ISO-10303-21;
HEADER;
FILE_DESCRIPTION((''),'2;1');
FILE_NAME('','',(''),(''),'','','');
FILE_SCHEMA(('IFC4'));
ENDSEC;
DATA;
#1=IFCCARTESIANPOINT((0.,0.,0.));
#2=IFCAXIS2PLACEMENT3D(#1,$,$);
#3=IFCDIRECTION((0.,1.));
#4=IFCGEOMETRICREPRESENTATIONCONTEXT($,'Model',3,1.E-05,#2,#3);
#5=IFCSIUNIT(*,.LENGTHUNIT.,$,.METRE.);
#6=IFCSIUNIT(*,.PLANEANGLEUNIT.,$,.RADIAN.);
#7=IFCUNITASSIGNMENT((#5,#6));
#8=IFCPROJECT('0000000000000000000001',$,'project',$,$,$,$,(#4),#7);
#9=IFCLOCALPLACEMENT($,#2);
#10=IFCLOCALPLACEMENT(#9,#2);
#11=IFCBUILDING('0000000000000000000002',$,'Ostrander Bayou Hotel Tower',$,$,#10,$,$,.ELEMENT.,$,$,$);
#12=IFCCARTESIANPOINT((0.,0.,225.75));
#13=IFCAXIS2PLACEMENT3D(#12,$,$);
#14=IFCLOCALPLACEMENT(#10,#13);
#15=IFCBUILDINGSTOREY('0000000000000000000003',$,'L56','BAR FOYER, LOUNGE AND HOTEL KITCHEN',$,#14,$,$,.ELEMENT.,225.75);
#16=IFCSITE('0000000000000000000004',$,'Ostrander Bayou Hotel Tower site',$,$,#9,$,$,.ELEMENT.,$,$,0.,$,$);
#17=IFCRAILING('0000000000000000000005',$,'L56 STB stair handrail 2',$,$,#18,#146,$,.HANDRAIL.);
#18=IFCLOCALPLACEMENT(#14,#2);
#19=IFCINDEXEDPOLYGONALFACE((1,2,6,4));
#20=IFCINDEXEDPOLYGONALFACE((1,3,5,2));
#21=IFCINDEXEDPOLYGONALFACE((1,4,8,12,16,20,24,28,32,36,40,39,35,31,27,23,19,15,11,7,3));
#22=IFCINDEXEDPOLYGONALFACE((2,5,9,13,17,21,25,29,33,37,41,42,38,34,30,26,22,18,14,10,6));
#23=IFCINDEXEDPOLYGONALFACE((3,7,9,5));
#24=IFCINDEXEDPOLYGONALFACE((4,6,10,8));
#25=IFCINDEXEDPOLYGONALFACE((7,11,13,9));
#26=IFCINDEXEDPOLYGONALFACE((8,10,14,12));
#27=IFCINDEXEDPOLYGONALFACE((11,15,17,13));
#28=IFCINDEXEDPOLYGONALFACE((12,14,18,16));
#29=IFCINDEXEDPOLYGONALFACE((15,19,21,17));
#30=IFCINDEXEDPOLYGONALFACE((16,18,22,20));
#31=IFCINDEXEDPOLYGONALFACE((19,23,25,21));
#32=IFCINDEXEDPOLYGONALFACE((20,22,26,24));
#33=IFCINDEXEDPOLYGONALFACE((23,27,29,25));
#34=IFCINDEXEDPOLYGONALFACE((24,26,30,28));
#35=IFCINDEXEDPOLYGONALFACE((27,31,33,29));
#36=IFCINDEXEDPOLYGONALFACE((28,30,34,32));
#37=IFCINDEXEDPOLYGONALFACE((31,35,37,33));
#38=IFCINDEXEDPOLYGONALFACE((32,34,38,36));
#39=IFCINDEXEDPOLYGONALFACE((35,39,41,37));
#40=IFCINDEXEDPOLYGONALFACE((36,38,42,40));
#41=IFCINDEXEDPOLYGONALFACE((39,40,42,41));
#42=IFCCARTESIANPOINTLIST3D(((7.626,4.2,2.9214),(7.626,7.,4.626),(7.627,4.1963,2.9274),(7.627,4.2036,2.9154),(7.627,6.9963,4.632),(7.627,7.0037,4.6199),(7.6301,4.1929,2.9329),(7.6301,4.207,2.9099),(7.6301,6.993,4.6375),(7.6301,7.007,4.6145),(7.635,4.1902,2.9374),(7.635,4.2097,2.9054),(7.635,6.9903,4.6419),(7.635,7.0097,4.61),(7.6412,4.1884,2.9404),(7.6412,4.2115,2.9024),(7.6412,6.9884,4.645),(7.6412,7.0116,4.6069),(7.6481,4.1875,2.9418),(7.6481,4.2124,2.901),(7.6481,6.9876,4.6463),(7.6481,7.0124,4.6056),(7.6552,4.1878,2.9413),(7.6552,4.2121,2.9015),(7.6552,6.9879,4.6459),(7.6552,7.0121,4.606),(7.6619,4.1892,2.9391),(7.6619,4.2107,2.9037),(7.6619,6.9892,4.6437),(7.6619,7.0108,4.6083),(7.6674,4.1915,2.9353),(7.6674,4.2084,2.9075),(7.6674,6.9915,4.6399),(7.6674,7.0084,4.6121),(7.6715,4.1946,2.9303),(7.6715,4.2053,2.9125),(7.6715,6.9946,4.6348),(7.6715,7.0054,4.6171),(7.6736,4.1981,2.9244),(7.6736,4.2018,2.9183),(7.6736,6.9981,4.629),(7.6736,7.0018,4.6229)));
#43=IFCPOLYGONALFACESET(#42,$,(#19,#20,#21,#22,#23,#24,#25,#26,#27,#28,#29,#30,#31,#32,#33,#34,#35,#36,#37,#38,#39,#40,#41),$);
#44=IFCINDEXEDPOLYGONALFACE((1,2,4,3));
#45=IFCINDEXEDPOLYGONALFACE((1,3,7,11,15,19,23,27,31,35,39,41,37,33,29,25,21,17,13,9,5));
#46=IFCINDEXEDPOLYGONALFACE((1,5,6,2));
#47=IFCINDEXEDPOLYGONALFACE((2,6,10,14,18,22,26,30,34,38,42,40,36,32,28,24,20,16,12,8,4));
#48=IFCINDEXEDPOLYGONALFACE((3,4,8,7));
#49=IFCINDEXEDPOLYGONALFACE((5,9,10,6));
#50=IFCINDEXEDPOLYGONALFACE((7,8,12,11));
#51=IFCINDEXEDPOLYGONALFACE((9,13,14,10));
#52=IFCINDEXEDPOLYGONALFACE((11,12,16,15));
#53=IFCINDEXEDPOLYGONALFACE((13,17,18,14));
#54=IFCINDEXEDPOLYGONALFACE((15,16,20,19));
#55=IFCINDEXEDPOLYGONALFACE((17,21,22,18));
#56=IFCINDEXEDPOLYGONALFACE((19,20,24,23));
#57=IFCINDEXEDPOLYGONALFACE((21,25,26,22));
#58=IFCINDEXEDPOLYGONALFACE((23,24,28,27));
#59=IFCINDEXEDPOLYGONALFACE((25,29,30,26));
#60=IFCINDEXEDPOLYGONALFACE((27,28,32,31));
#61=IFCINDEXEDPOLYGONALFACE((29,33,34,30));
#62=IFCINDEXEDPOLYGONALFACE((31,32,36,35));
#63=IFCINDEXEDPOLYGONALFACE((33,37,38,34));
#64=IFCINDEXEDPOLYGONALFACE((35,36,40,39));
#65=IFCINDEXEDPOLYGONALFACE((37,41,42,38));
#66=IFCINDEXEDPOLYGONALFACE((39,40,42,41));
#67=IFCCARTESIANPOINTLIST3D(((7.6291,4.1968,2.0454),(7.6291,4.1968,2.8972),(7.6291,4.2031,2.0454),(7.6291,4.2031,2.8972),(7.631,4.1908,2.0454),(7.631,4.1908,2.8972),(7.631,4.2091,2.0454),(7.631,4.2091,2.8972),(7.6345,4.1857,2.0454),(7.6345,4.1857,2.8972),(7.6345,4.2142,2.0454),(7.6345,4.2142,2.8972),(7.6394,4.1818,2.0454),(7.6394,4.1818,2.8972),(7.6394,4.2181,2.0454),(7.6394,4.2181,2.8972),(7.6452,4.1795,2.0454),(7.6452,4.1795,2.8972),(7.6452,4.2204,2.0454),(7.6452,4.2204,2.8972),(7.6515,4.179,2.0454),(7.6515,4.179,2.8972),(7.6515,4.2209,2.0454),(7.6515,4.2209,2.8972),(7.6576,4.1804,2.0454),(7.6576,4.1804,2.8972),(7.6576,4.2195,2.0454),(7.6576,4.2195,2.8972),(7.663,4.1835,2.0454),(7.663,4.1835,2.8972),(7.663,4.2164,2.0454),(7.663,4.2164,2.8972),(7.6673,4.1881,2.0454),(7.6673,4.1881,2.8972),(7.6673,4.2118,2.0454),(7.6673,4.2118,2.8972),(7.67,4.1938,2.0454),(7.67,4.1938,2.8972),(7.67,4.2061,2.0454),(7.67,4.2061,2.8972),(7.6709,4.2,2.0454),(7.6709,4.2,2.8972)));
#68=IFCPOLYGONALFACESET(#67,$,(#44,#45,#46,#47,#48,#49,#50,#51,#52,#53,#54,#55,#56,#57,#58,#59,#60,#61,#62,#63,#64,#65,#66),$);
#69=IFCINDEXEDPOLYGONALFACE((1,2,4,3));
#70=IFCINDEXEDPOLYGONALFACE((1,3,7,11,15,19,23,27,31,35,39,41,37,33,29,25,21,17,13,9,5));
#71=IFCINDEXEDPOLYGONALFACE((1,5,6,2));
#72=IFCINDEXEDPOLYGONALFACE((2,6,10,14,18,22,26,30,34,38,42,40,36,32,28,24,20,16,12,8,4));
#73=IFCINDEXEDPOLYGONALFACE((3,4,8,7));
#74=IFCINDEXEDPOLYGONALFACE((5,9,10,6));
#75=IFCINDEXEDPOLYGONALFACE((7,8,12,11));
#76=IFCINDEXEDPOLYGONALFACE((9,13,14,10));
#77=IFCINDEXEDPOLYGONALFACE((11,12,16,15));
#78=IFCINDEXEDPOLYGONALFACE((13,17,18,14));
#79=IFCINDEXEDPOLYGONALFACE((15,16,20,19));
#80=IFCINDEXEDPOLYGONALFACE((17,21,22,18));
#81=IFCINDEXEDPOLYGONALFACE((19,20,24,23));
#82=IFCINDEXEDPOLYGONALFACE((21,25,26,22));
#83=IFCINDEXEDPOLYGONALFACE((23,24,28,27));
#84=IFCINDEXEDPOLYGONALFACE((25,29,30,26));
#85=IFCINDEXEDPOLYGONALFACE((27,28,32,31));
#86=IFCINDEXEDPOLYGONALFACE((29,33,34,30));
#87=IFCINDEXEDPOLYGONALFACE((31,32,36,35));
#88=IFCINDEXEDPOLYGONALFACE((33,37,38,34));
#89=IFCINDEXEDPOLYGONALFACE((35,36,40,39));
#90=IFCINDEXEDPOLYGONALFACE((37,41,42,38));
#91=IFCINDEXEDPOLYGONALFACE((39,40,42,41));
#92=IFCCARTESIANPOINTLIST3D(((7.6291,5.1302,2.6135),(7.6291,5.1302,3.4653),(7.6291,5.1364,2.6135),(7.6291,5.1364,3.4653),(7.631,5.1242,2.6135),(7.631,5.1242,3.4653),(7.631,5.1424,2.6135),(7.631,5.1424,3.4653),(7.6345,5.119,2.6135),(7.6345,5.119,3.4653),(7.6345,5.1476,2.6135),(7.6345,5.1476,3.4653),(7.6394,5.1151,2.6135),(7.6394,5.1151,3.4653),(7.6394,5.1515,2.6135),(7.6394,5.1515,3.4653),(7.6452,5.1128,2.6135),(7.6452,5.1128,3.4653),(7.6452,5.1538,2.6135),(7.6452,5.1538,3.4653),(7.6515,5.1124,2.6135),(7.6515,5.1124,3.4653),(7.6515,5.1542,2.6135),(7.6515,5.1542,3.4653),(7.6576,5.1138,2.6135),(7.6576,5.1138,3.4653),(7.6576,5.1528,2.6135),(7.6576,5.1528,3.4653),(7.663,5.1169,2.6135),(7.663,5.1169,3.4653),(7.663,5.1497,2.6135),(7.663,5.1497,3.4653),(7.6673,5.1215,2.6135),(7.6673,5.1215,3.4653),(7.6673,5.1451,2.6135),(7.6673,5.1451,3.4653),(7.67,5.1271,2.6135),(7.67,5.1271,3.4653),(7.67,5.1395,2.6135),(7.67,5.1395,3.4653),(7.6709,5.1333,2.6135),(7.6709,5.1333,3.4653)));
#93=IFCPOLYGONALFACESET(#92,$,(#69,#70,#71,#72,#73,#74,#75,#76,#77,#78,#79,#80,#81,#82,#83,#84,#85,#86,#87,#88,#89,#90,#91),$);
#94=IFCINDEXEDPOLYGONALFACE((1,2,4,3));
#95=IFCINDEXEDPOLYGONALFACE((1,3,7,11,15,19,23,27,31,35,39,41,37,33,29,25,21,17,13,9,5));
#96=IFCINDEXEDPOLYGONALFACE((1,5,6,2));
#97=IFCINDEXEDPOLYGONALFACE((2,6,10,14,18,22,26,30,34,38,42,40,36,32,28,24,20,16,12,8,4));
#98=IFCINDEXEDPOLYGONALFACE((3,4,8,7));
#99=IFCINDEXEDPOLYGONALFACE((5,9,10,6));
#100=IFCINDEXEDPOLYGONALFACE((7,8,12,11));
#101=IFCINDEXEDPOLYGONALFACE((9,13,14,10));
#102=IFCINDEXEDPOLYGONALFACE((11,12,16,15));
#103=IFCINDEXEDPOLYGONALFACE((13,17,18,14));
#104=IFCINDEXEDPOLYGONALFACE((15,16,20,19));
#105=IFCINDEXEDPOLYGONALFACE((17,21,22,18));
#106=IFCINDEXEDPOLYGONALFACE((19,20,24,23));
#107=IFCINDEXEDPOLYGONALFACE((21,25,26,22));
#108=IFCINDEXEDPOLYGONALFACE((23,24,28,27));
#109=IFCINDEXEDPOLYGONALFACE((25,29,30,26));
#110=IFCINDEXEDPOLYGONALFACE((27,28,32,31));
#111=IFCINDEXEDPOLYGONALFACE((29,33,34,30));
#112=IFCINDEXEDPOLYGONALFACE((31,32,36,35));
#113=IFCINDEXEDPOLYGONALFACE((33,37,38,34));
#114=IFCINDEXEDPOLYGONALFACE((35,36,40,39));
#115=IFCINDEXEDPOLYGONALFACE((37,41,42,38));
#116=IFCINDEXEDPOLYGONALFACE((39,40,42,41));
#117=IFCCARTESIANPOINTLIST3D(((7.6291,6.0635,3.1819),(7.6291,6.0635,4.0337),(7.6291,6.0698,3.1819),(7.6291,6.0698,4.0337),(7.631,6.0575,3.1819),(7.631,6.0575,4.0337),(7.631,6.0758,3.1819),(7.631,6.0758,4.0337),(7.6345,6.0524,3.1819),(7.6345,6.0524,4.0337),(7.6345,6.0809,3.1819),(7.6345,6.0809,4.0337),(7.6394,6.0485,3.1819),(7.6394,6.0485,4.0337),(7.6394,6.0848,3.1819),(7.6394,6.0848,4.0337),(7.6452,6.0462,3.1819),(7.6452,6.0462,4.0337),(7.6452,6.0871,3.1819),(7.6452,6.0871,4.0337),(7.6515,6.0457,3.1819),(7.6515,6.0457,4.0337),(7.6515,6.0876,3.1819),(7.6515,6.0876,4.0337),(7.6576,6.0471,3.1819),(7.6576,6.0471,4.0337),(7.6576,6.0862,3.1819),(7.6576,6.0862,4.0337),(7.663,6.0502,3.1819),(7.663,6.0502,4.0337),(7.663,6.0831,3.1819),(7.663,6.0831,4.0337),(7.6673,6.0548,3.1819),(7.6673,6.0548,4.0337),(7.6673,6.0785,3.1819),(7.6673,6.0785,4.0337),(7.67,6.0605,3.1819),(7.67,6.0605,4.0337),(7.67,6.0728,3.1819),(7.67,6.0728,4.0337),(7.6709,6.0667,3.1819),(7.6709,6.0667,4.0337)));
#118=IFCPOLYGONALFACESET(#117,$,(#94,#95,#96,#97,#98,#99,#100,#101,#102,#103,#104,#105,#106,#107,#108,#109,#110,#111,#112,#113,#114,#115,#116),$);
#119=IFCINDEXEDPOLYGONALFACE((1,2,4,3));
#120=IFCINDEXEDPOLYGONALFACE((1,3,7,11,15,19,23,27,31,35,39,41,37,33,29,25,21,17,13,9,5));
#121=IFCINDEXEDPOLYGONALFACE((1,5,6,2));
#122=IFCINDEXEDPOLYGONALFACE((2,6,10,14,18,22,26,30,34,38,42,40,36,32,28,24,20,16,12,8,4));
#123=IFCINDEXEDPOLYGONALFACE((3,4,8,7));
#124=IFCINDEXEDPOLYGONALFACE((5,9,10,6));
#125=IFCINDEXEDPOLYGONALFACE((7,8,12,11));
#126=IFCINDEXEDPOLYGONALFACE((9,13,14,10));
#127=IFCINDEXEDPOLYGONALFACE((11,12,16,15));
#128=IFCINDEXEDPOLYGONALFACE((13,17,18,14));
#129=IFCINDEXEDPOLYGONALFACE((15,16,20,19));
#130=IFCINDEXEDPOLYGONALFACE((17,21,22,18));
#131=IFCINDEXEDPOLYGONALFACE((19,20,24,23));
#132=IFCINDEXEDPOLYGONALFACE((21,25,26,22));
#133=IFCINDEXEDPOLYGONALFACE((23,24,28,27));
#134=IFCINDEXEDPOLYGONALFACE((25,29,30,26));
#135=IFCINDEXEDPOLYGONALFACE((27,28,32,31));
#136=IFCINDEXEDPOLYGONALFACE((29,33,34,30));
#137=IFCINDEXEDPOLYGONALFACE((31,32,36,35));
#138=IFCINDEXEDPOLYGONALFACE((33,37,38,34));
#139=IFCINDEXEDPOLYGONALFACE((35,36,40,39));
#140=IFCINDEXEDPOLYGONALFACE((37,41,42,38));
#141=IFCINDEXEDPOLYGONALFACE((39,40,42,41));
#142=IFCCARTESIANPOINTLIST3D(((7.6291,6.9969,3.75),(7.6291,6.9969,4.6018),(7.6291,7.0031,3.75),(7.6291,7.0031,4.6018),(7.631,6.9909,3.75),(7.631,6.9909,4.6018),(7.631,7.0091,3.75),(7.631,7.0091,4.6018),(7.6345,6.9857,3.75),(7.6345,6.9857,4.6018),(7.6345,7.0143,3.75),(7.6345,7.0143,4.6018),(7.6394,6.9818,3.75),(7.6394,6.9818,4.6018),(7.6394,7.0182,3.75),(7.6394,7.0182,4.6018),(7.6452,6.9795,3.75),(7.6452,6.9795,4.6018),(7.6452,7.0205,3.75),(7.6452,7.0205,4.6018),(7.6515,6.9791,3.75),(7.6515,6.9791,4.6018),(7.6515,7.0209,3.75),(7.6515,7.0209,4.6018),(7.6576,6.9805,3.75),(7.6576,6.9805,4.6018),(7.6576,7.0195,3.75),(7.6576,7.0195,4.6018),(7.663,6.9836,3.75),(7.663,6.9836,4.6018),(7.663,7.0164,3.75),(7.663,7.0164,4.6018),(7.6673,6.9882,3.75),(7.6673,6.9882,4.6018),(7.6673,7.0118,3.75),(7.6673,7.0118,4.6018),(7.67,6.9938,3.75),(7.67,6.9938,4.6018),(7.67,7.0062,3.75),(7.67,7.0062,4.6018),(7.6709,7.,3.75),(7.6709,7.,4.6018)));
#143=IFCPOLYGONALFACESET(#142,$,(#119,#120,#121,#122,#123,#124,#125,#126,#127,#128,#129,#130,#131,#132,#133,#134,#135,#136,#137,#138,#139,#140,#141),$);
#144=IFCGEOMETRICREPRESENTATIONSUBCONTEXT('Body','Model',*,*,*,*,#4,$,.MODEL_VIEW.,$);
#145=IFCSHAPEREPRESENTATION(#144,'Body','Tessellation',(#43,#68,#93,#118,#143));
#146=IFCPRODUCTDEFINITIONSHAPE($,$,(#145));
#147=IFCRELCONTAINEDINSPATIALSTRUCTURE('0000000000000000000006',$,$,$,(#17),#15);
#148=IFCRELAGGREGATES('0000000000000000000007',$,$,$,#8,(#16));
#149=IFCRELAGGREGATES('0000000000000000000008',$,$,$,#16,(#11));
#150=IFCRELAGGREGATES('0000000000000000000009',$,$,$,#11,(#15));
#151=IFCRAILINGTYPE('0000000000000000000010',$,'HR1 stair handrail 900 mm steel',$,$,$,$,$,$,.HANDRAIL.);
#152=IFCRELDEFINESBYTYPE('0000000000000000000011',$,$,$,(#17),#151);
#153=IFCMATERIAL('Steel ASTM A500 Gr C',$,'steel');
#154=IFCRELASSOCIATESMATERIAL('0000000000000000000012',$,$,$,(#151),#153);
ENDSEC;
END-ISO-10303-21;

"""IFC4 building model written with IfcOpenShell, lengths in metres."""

from ifc_helpers import new_model, si_unit, direction, frame, origin, origin_2d, place, context, subcontext, project, spatial, circle, extrude, material, type_object, element, save


model = new_model("IFC4")

# Units and contexts
model_context = context("Model", 3, precision=1e-05, world=origin(), true_north=direction((0.0, 1.0)))
body_context = subcontext(model_context, "Body", "Model", "MODEL_VIEW")
ifc_project = project(units=[si_unit("LENGTHUNIT", "METRE"), si_unit("PLANEANGLEUNIT", "RADIAN")], contexts=[model_context])

# Site, building, storey
site_placement = place(None, origin())
site = spatial("IfcSite", under=ifc_project, at=site_placement, Name="Ostrander Bayou Hotel Tower site", CompositionType="ELEMENT", RefElevation=0.0)
building_placement = place(site_placement, origin())
building = spatial("IfcBuilding", under=site, at=building_placement, Name="Ostrander Bayou Hotel Tower", CompositionType="ELEMENT")
storey_placement = place(building_placement, frame((0.0, 0.0, 225.75)))
storey = spatial("IfcBuildingStorey", under=building, at=storey_placement, Name="L56", Description="BAR FOYER, LOUNGE AND HOTEL KITCHEN", CompositionType="ELEMENT", Elevation=225.75)

# Railing
ifc_material_1 = material(Name="Steel ASTM A500 Gr C", Category="steel")
railing_type_1 = type_object("IfcRailingType", Name="HR1 stair handrail 900 mm steel", PredefinedType="HANDRAIL", material=ifc_material_1)
railing_1_placement = place(storey_placement, frame((7.6499, 4.2, 2.0454)))
element("IfcRailing", 1, at=railing_1_placement, inside=storey, type_object=railing_type_1, Name="L56 STB stair handrail 2", PredefinedType="HANDRAIL", context=body_context, shape_type="SweptSolid", body=[
    extrude(circle(Radius=0.0239, at=origin_2d()), frame((0.0, 0.0, 0.876), z_axis=(0.0, 0.85417, 0.519994), x_axis=(-1.0, 0.0, 0.0)), (0.0, 0.0, 1.0), 3.2781),
    extrude(circle(Radius=0.021, at=origin_2d()), origin(), (0.0, 0.0, 1.0), 0.8518),
    extrude(circle(Radius=0.021, at=origin_2d()), frame((0.0, 0.9333, 0.5681)), (0.0, 0.0, 1.0), 0.8518),
    extrude(circle(Radius=0.021, at=origin_2d()), frame((0.0, 1.8667, 1.1365)), (0.0, 0.0, 1.0), 0.8518),
    extrude(circle(Radius=0.021, at=origin_2d()), frame((0.0, 2.8, 1.7046)), (0.0, 0.0, 1.0), 0.8518),
])

save(model, "model.ifc")
